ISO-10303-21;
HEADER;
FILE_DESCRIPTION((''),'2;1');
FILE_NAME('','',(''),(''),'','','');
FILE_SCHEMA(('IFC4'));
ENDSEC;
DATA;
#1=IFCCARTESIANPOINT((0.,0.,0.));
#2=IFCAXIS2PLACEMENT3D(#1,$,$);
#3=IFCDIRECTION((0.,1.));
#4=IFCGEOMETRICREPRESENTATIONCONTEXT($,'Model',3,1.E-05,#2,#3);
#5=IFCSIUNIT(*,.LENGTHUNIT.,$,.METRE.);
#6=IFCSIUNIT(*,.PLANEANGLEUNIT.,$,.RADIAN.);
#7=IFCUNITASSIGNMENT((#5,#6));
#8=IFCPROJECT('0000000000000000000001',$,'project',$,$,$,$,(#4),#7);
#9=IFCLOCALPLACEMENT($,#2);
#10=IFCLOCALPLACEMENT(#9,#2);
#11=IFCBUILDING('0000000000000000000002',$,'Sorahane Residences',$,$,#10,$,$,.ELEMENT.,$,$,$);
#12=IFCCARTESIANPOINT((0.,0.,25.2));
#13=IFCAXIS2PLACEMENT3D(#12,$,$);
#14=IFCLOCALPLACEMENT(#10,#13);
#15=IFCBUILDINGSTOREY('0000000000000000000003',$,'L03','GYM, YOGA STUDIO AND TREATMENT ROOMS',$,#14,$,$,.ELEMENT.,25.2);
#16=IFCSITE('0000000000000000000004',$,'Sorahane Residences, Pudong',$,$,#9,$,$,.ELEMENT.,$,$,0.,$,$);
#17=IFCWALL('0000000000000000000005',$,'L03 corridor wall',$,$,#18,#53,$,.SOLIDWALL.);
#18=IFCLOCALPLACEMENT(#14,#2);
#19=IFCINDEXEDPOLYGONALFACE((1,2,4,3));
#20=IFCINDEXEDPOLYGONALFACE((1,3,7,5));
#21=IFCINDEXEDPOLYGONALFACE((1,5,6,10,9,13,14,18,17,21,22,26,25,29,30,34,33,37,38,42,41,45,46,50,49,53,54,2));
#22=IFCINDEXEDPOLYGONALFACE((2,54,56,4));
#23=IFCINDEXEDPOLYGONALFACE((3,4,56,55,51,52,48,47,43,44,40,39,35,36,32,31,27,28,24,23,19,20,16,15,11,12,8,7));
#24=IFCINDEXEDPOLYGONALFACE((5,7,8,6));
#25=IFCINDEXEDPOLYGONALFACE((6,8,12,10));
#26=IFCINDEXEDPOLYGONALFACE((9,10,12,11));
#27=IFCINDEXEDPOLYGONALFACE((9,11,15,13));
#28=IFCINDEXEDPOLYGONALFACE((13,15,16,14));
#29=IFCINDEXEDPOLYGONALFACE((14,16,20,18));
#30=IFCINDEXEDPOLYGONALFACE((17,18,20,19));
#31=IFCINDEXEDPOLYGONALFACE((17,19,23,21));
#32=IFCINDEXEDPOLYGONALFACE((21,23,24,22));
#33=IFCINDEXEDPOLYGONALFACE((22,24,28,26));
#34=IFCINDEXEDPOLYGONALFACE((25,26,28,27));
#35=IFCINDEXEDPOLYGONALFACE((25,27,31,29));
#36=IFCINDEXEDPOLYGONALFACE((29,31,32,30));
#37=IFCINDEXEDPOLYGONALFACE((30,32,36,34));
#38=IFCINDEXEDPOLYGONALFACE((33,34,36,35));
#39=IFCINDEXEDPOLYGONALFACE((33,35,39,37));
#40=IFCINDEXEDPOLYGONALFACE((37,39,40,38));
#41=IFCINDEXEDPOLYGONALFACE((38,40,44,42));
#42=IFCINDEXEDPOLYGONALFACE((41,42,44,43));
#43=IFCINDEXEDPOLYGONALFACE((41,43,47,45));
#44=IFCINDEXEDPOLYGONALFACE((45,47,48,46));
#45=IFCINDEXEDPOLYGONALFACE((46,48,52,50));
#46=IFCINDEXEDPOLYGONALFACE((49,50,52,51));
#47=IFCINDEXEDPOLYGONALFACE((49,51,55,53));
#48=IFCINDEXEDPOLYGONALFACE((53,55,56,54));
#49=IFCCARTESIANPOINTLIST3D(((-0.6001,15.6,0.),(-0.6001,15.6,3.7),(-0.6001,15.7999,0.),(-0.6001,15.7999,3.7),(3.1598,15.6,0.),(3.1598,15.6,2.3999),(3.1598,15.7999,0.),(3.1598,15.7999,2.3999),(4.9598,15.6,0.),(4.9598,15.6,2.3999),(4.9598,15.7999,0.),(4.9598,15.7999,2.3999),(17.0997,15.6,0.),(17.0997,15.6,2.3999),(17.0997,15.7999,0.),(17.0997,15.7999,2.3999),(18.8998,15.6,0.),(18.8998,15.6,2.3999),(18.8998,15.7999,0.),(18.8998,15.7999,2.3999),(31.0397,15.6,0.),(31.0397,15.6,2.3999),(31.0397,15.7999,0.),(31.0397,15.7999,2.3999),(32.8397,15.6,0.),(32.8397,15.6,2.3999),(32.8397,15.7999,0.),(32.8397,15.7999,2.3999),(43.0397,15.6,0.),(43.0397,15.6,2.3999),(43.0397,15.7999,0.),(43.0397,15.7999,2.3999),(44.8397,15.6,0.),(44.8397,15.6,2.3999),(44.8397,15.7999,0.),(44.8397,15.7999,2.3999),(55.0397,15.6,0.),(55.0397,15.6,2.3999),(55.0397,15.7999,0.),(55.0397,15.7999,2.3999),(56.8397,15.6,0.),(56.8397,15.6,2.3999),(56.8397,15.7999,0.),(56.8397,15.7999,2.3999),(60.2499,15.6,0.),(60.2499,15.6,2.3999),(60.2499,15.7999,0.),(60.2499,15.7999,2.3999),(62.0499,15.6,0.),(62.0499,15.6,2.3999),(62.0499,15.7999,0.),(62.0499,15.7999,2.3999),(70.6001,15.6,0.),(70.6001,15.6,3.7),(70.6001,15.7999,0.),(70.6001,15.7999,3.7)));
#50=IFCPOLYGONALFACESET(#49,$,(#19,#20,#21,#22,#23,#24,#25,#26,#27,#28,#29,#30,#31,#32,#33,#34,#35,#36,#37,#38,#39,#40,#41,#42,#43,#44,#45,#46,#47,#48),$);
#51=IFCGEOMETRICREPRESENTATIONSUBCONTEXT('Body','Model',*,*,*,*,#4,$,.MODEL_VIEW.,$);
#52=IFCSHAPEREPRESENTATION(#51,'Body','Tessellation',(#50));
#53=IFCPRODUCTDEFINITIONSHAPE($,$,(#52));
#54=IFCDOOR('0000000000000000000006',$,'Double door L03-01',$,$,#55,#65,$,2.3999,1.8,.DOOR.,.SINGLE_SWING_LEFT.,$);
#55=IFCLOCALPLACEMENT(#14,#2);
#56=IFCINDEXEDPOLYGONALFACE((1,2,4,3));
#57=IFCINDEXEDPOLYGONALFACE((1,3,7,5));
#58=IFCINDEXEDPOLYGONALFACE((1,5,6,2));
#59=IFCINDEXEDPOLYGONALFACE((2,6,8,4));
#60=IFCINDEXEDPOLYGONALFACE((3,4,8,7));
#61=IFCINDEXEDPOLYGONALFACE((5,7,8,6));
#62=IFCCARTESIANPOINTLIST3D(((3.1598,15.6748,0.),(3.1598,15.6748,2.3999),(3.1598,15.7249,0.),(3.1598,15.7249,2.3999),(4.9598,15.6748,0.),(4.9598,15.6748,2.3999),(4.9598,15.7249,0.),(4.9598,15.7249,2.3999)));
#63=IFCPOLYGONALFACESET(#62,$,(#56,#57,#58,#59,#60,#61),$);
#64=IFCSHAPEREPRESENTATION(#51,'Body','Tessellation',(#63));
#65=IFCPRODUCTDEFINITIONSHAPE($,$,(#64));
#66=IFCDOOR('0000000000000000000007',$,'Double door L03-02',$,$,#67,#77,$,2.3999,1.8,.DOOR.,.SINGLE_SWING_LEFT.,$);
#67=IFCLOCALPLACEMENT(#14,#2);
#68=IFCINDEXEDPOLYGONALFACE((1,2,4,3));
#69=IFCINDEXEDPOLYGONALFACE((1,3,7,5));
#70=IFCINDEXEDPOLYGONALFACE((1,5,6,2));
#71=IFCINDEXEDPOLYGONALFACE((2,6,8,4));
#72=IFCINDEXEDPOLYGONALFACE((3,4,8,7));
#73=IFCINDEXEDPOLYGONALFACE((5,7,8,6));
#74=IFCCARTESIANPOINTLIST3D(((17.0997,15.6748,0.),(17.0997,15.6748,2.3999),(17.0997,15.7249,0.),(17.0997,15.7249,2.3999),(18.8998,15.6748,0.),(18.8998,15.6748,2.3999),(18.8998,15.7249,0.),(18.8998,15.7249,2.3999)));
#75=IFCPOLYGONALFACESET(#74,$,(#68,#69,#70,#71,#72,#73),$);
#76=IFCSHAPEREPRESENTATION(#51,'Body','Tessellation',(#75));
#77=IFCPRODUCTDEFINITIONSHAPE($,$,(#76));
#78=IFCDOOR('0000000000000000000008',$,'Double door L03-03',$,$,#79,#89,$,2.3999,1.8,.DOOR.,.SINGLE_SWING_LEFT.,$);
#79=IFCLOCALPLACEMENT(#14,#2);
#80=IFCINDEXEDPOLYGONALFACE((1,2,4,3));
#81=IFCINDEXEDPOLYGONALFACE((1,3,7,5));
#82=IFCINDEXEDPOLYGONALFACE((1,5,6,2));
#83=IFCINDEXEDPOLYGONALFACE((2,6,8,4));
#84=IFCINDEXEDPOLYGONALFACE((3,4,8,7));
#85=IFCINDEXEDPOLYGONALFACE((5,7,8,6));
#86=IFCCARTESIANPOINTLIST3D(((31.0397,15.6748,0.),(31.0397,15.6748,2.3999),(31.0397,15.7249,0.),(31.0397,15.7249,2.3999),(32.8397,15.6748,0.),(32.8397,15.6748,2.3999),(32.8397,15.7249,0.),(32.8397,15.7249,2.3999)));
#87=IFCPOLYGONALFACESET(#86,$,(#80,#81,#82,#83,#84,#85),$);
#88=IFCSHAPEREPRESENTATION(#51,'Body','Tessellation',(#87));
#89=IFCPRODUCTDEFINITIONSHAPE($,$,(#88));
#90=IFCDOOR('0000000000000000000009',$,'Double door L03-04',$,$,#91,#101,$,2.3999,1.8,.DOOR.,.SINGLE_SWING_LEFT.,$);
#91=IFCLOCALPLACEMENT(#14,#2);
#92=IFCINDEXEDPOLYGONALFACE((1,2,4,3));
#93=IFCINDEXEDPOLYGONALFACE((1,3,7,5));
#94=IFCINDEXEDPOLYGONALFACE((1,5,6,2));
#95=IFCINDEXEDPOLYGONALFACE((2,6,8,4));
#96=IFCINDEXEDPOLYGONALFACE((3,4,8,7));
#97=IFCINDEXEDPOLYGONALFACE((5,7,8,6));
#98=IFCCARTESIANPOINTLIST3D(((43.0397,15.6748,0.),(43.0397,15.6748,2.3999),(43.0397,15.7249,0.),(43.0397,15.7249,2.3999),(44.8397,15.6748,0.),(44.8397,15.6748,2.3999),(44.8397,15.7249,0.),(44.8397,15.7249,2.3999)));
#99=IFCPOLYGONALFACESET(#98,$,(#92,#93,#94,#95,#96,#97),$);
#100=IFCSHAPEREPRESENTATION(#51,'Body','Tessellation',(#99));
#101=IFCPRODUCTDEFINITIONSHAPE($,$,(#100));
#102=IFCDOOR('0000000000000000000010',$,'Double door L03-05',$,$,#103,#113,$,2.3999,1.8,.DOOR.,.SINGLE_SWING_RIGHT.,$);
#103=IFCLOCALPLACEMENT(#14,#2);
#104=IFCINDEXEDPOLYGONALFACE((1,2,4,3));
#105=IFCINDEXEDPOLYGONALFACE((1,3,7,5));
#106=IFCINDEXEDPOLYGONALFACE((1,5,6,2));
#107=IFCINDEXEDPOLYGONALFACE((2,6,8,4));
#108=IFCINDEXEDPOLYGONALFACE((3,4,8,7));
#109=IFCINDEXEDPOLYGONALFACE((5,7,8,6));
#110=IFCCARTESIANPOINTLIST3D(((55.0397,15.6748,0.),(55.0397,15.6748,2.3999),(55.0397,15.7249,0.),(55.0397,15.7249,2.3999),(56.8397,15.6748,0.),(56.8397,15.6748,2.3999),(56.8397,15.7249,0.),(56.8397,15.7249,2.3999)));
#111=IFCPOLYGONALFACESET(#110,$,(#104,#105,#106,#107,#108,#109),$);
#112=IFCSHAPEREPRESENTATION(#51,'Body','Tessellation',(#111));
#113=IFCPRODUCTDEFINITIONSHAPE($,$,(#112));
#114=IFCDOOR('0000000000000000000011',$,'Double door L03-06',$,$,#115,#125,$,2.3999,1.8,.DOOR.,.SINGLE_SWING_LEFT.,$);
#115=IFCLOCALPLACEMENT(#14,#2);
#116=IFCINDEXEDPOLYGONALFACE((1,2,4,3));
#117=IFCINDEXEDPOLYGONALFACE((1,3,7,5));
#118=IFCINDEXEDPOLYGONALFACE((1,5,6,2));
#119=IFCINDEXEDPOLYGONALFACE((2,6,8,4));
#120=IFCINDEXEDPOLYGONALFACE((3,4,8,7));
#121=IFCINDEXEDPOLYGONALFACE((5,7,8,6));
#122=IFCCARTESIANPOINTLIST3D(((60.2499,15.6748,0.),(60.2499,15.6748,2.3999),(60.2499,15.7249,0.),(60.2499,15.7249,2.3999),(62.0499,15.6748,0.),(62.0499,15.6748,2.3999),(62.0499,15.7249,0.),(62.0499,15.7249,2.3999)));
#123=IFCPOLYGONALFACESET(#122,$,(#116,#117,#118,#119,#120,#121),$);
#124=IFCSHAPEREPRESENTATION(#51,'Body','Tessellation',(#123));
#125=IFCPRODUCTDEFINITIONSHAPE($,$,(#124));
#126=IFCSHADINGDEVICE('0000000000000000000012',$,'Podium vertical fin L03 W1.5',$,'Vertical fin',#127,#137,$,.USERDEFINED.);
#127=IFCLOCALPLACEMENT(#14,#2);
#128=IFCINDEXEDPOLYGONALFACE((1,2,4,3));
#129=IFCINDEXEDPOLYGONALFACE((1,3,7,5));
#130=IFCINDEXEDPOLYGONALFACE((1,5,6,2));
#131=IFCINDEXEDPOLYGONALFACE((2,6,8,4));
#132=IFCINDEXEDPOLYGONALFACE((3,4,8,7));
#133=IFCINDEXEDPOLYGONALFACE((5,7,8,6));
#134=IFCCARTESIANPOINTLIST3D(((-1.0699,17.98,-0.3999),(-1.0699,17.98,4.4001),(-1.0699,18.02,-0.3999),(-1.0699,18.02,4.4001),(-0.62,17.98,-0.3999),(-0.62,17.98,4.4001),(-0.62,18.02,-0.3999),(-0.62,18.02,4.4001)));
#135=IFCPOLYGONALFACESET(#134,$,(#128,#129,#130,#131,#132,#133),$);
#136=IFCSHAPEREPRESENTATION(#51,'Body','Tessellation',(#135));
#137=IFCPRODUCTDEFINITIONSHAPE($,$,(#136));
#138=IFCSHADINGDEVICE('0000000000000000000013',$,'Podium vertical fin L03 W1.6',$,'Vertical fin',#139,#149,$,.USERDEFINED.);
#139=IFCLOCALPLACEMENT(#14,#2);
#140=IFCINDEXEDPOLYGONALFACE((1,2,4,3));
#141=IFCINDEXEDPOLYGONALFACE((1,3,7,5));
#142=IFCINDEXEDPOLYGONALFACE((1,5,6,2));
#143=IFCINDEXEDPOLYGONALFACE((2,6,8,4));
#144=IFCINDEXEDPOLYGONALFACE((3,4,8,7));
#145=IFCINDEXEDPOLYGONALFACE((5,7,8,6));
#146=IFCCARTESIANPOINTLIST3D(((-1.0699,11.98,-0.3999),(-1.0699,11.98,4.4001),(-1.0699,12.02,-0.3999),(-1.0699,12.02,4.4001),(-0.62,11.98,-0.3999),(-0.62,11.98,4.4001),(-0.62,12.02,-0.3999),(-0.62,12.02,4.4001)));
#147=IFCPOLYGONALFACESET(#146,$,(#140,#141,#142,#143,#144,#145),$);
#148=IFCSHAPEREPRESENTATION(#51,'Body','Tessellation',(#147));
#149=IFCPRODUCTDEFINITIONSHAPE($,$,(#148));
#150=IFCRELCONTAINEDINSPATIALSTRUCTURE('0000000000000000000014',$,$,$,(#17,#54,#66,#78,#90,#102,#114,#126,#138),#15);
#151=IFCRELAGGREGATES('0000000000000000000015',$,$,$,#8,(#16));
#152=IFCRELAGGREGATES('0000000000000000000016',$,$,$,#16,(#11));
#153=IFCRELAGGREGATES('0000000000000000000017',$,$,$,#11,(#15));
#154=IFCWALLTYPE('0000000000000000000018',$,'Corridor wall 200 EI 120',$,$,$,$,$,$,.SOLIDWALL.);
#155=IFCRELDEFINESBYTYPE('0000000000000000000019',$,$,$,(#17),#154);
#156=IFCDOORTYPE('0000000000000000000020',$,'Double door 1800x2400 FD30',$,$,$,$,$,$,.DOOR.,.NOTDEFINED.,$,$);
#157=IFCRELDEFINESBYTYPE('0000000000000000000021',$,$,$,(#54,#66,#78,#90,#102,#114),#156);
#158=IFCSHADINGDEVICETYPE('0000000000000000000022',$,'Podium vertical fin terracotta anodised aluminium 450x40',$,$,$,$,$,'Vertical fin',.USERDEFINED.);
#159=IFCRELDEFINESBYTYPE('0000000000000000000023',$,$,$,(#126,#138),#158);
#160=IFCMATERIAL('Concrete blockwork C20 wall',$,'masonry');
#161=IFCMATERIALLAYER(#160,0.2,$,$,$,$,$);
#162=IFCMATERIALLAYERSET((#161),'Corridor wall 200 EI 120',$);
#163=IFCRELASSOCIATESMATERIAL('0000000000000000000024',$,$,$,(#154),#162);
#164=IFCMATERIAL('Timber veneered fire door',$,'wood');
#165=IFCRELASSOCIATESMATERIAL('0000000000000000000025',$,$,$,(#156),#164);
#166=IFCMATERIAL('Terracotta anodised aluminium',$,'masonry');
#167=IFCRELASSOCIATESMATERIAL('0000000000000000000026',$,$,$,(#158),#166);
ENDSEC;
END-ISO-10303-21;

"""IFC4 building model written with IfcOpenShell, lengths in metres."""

from ifc_helpers import new_model, si_unit, direction, frame, frame_2d, origin, origin_2d, place, context, subcontext, project, spatial, rectangle, extrude, material, layer, layer_set, material_profile, profile_set, type_object, element, fill, save


model = new_model("IFC4")

# Units and contexts
model_context = context("Model", 3, precision=1e-05, world=origin(), true_north=direction((0.0, 1.0)))
body_context = subcontext(model_context, "Body", "Model", "MODEL_VIEW")
ifc_project = project(units=[si_unit("LENGTHUNIT", "METRE"), si_unit("PLANEANGLEUNIT", "RADIAN")], contexts=[model_context])

# Site, building, storey
site_placement = place(None, origin())
site = spatial("IfcSite", under=ifc_project, at=site_placement, Name="Sorahane Residences, Pudong", CompositionType="ELEMENT", RefElevation=0.0)
building_placement = place(site_placement, origin())
building = spatial("IfcBuilding", under=site, at=building_placement, Name="Sorahane Residences", CompositionType="ELEMENT")
storey_placement = place(building_placement, frame((0.0, 0.0, 25.2)))
storey = spatial("IfcBuildingStorey", under=building, at=storey_placement, Name="L03", Description="GYM, YOGA STUDIO AND TREATMENT ROOMS", CompositionType="ELEMENT", Elevation=25.2)

# Wall, openings, doors
ifc_material_1 = material(Name="Concrete blockwork C20 wall", Category="masonry")
ifc_layer_1 = layer(ifc_material_1, 0.2)
ifc_layer_set_1 = layer_set([ifc_layer_1], Name="Corridor wall 200 EI 120")
wall_type = type_object("IfcWallType", Name="Corridor wall 200 EI 120", PredefinedType="SOLIDWALL", material=ifc_layer_set_1)
wall_placement = place(storey_placement, frame((-0.6001, 15.7, 0.0), z_axis=(0.0, 0.0, 1.0), x_axis=(1.0, 0.0, 0.0)))
wall = element("IfcWall", 1, at=wall_placement, inside=storey, type_object=wall_type, Name="L03 corridor wall", PredefinedType="SOLIDWALL", context=body_context, shape_type="SweptSolid", body=[
    extrude(rectangle(XDim=71.2002, YDim=0.2, at=frame_2d((35.6001, 0.0))), origin(), (0.0, 0.0, 1.0), 3.7),
])
opening_1_placement = place(wall_placement, frame((3.76, 0.0, 0.0)))
opening_1 = element("IfcOpeningElement", 2, at=opening_1_placement, cuts=wall, PredefinedType="OPENING", context=body_context, shape_type="SweptSolid", body=[
    extrude(rectangle(XDim=1.8, YDim=2.3999, at=frame_2d((0.8999, 1.2))), frame((0.0, 0.1099, 0.0), z_axis=(0.0, -1.0, 0.0), x_axis=(1.0, 0.0, 0.0)), (0.0, 0.0, 1.0), 0.22),
])
opening_2_placement = place(wall_placement, frame((17.7, 0.0, 0.0)))
opening_2 = element("IfcOpeningElement", 3, at=opening_2_placement, cuts=wall, PredefinedType="OPENING", context=body_context, shape_type="SweptSolid", body=[
    extrude(rectangle(XDim=1.8, YDim=2.3999, at=frame_2d((0.8999, 1.2))), frame((0.0, 0.1099, 0.0), z_axis=(0.0, -1.0, 0.0), x_axis=(1.0, 0.0, 0.0)), (0.0, 0.0, 1.0), 0.22),
])
opening_3_placement = place(wall_placement, frame((31.6399, 0.0, 0.0)))
opening_3 = element("IfcOpeningElement", 4, at=opening_3_placement, cuts=wall, PredefinedType="OPENING", context=body_context, shape_type="SweptSolid", body=[
    extrude(rectangle(XDim=1.8, YDim=2.3999, at=frame_2d((0.8999, 1.2))), frame((0.0, 0.1099, 0.0), z_axis=(0.0, -1.0, 0.0), x_axis=(1.0, 0.0, 0.0)), (0.0, 0.0, 1.0), 0.22),
])
opening_4_placement = place(wall_placement, frame((43.6399, 0.0, 0.0)))
opening_4 = element("IfcOpeningElement", 5, at=opening_4_placement, cuts=wall, PredefinedType="OPENING", context=body_context, shape_type="SweptSolid", body=[
    extrude(rectangle(XDim=1.8, YDim=2.3999, at=frame_2d((0.8999, 1.2))), frame((0.0, 0.1099, 0.0), z_axis=(0.0, -1.0, 0.0), x_axis=(1.0, 0.0, 0.0)), (0.0, 0.0, 1.0), 0.22),
])
opening_5_placement = place(wall_placement, frame((55.6399, 0.0, 0.0)))
opening_5 = element("IfcOpeningElement", 6, at=opening_5_placement, cuts=wall, PredefinedType="OPENING", context=body_context, shape_type="SweptSolid", body=[
    extrude(rectangle(XDim=1.8, YDim=2.3999, at=frame_2d((0.8999, 1.2))), frame((0.0, 0.1099, 0.0), z_axis=(0.0, -1.0, 0.0), x_axis=(1.0, 0.0, 0.0)), (0.0, 0.0, 1.0), 0.22),
])
opening_6_placement = place(wall_placement, frame((60.8501, 0.0, 0.0)))
opening_6 = element("IfcOpeningElement", 7, at=opening_6_placement, cuts=wall, PredefinedType="OPENING", context=body_context, shape_type="SweptSolid", body=[
    extrude(rectangle(XDim=1.8, YDim=2.3999, at=frame_2d((0.8999, 1.2))), frame((0.0, 0.1099, 0.0), z_axis=(0.0, -1.0, 0.0), x_axis=(1.0, 0.0, 0.0)), (0.0, 0.0, 1.0), 0.22),
])
ifc_material_2 = material(Name="Timber veneered fire door", Category="wood")
door_type = type_object("IfcDoorType", Name="Double door 1800x2400 FD30", OperationType="NOTDEFINED", PredefinedType="DOOR", material=ifc_material_2)
door_1_placement = place(opening_1_placement, origin())
door_1 = element("IfcDoor", 8, at=door_1_placement, inside=storey, type_object=door_type, Name="Double door L03-01", OperationType="SINGLE_SWING_LEFT", OverallHeight=2.3999, OverallWidth=1.8, PredefinedType="DOOR", context=body_context, shape_type="SweptSolid", body=[
    extrude(rectangle(XDim=1.8, YDim=2.3999, at=frame_2d((0.8999, 1.2))), frame((0.0, 0.0249, 0.0), z_axis=(0.0, -1.0, 0.0), x_axis=(1.0, 0.0, 0.0)), (0.0, 0.0, 1.0), 0.05),
])
fill(opening_1, door_1)
door_2_placement = place(opening_2_placement, origin())
door_2 = element("IfcDoor", 9, at=door_2_placement, inside=storey, type_object=door_type, Name="Double door L03-02", OperationType="SINGLE_SWING_LEFT", OverallHeight=2.3999, OverallWidth=1.8, PredefinedType="DOOR", context=body_context, shape_type="SweptSolid", body=[
    extrude(rectangle(XDim=1.8, YDim=2.3999, at=frame_2d((0.8999, 1.2))), frame((0.0, 0.0249, 0.0), z_axis=(0.0, -1.0, 0.0), x_axis=(1.0, 0.0, 0.0)), (0.0, 0.0, 1.0), 0.05),
])
fill(opening_2, door_2)
door_3_placement = place(opening_3_placement, origin())
door_3 = element("IfcDoor", 10, at=door_3_placement, inside=storey, type_object=door_type, Name="Double door L03-03", OperationType="SINGLE_SWING_LEFT", OverallHeight=2.3999, OverallWidth=1.8, PredefinedType="DOOR", context=body_context, shape_type="SweptSolid", body=[
    extrude(rectangle(XDim=1.8, YDim=2.3999, at=frame_2d((0.8999, 1.2))), frame((0.0, 0.0249, 0.0), z_axis=(0.0, -1.0, 0.0), x_axis=(1.0, 0.0, 0.0)), (0.0, 0.0, 1.0), 0.05),
])
fill(opening_3, door_3)
door_4_placement = place(opening_4_placement, origin())
door_4 = element("IfcDoor", 11, at=door_4_placement, inside=storey, type_object=door_type, Name="Double door L03-04", OperationType="SINGLE_SWING_LEFT", OverallHeight=2.3999, OverallWidth=1.8, PredefinedType="DOOR", context=body_context, shape_type="SweptSolid", body=[
    extrude(rectangle(XDim=1.8, YDim=2.3999, at=frame_2d((0.8999, 1.2))), frame((0.0, 0.0249, 0.0), z_axis=(0.0, -1.0, 0.0), x_axis=(1.0, 0.0, 0.0)), (0.0, 0.0, 1.0), 0.05),
])
fill(opening_4, door_4)
door_5_placement = place(opening_5_placement, origin())
door_5 = element("IfcDoor", 12, at=door_5_placement, inside=storey, type_object=door_type, Name="Double door L03-05", OperationType="SINGLE_SWING_RIGHT", OverallHeight=2.3999, OverallWidth=1.8, PredefinedType="DOOR", context=body_context, shape_type="SweptSolid", body=[
    extrude(rectangle(XDim=1.8, YDim=2.3999, at=frame_2d((0.8999, 1.2))), frame((0.0, 0.0249, 0.0), z_axis=(0.0, -1.0, 0.0), x_axis=(1.0, 0.0, 0.0)), (0.0, 0.0, 1.0), 0.05),
])
fill(opening_5, door_5)
door_6_placement = place(opening_6_placement, origin())
door_6 = element("IfcDoor", 13, at=door_6_placement, inside=storey, type_object=door_type, Name="Double door L03-06", OperationType="SINGLE_SWING_LEFT", OverallHeight=2.3999, OverallWidth=1.8, PredefinedType="DOOR", context=body_context, shape_type="SweptSolid", body=[
    extrude(rectangle(XDim=1.8, YDim=2.3999, at=frame_2d((0.8999, 1.2))), frame((0.0, 0.0249, 0.0), z_axis=(0.0, -1.0, 0.0), x_axis=(1.0, 0.0, 0.0)), (0.0, 0.0, 1.0), 0.05),
])
fill(opening_6, door_6)

# Shading devices
ifc_material_3 = material(Name="Terracotta anodised aluminium", Category="masonry")
ifc_material_profile_1 = material_profile(ifc_material_3, rectangle(XDim=0.45, YDim=0.04, at=origin_2d()), Name="Podium vertical fin terracotta anodised aluminium 450x40")
ifc_profile_set_1 = profile_set([ifc_material_profile_1], Name="Terracotta anodised aluminium")
shading_device_type = type_object("IfcShadingDeviceType", Name="Podium vertical fin terracotta anodised aluminium 450x40", ElementType="Vertical fin", PredefinedType="USERDEFINED", material=ifc_profile_set_1)
for number, where, z_axis, x_axis, name in (
    (14, (-0.845, 18.0, -0.3999), (0.0, 0.0, 1.0), (-1.0, 0.0, 0.0), "Podium vertical fin L03 W1.5"),
    (15, (-0.845, 12.0, -0.3999), (0.0, 0.0, 1.0), (-1.0, 0.0, 0.0), "Podium vertical fin L03 W1.6"),
):
    element("IfcShadingDevice", number, at=place(storey_placement, frame(where, z_axis=z_axis, x_axis=x_axis)), inside=storey, type_object=shading_device_type, Name=name, ObjectType="Vertical fin", PredefinedType="USERDEFINED", context=body_context, shape_type="SweptSolid", body=[
        extrude(rectangle(XDim=0.45, YDim=0.04, at=origin_2d()), origin(), (0.0, 0.0, 1.0), 4.8),
    ])

save(model, "model.ifc")
